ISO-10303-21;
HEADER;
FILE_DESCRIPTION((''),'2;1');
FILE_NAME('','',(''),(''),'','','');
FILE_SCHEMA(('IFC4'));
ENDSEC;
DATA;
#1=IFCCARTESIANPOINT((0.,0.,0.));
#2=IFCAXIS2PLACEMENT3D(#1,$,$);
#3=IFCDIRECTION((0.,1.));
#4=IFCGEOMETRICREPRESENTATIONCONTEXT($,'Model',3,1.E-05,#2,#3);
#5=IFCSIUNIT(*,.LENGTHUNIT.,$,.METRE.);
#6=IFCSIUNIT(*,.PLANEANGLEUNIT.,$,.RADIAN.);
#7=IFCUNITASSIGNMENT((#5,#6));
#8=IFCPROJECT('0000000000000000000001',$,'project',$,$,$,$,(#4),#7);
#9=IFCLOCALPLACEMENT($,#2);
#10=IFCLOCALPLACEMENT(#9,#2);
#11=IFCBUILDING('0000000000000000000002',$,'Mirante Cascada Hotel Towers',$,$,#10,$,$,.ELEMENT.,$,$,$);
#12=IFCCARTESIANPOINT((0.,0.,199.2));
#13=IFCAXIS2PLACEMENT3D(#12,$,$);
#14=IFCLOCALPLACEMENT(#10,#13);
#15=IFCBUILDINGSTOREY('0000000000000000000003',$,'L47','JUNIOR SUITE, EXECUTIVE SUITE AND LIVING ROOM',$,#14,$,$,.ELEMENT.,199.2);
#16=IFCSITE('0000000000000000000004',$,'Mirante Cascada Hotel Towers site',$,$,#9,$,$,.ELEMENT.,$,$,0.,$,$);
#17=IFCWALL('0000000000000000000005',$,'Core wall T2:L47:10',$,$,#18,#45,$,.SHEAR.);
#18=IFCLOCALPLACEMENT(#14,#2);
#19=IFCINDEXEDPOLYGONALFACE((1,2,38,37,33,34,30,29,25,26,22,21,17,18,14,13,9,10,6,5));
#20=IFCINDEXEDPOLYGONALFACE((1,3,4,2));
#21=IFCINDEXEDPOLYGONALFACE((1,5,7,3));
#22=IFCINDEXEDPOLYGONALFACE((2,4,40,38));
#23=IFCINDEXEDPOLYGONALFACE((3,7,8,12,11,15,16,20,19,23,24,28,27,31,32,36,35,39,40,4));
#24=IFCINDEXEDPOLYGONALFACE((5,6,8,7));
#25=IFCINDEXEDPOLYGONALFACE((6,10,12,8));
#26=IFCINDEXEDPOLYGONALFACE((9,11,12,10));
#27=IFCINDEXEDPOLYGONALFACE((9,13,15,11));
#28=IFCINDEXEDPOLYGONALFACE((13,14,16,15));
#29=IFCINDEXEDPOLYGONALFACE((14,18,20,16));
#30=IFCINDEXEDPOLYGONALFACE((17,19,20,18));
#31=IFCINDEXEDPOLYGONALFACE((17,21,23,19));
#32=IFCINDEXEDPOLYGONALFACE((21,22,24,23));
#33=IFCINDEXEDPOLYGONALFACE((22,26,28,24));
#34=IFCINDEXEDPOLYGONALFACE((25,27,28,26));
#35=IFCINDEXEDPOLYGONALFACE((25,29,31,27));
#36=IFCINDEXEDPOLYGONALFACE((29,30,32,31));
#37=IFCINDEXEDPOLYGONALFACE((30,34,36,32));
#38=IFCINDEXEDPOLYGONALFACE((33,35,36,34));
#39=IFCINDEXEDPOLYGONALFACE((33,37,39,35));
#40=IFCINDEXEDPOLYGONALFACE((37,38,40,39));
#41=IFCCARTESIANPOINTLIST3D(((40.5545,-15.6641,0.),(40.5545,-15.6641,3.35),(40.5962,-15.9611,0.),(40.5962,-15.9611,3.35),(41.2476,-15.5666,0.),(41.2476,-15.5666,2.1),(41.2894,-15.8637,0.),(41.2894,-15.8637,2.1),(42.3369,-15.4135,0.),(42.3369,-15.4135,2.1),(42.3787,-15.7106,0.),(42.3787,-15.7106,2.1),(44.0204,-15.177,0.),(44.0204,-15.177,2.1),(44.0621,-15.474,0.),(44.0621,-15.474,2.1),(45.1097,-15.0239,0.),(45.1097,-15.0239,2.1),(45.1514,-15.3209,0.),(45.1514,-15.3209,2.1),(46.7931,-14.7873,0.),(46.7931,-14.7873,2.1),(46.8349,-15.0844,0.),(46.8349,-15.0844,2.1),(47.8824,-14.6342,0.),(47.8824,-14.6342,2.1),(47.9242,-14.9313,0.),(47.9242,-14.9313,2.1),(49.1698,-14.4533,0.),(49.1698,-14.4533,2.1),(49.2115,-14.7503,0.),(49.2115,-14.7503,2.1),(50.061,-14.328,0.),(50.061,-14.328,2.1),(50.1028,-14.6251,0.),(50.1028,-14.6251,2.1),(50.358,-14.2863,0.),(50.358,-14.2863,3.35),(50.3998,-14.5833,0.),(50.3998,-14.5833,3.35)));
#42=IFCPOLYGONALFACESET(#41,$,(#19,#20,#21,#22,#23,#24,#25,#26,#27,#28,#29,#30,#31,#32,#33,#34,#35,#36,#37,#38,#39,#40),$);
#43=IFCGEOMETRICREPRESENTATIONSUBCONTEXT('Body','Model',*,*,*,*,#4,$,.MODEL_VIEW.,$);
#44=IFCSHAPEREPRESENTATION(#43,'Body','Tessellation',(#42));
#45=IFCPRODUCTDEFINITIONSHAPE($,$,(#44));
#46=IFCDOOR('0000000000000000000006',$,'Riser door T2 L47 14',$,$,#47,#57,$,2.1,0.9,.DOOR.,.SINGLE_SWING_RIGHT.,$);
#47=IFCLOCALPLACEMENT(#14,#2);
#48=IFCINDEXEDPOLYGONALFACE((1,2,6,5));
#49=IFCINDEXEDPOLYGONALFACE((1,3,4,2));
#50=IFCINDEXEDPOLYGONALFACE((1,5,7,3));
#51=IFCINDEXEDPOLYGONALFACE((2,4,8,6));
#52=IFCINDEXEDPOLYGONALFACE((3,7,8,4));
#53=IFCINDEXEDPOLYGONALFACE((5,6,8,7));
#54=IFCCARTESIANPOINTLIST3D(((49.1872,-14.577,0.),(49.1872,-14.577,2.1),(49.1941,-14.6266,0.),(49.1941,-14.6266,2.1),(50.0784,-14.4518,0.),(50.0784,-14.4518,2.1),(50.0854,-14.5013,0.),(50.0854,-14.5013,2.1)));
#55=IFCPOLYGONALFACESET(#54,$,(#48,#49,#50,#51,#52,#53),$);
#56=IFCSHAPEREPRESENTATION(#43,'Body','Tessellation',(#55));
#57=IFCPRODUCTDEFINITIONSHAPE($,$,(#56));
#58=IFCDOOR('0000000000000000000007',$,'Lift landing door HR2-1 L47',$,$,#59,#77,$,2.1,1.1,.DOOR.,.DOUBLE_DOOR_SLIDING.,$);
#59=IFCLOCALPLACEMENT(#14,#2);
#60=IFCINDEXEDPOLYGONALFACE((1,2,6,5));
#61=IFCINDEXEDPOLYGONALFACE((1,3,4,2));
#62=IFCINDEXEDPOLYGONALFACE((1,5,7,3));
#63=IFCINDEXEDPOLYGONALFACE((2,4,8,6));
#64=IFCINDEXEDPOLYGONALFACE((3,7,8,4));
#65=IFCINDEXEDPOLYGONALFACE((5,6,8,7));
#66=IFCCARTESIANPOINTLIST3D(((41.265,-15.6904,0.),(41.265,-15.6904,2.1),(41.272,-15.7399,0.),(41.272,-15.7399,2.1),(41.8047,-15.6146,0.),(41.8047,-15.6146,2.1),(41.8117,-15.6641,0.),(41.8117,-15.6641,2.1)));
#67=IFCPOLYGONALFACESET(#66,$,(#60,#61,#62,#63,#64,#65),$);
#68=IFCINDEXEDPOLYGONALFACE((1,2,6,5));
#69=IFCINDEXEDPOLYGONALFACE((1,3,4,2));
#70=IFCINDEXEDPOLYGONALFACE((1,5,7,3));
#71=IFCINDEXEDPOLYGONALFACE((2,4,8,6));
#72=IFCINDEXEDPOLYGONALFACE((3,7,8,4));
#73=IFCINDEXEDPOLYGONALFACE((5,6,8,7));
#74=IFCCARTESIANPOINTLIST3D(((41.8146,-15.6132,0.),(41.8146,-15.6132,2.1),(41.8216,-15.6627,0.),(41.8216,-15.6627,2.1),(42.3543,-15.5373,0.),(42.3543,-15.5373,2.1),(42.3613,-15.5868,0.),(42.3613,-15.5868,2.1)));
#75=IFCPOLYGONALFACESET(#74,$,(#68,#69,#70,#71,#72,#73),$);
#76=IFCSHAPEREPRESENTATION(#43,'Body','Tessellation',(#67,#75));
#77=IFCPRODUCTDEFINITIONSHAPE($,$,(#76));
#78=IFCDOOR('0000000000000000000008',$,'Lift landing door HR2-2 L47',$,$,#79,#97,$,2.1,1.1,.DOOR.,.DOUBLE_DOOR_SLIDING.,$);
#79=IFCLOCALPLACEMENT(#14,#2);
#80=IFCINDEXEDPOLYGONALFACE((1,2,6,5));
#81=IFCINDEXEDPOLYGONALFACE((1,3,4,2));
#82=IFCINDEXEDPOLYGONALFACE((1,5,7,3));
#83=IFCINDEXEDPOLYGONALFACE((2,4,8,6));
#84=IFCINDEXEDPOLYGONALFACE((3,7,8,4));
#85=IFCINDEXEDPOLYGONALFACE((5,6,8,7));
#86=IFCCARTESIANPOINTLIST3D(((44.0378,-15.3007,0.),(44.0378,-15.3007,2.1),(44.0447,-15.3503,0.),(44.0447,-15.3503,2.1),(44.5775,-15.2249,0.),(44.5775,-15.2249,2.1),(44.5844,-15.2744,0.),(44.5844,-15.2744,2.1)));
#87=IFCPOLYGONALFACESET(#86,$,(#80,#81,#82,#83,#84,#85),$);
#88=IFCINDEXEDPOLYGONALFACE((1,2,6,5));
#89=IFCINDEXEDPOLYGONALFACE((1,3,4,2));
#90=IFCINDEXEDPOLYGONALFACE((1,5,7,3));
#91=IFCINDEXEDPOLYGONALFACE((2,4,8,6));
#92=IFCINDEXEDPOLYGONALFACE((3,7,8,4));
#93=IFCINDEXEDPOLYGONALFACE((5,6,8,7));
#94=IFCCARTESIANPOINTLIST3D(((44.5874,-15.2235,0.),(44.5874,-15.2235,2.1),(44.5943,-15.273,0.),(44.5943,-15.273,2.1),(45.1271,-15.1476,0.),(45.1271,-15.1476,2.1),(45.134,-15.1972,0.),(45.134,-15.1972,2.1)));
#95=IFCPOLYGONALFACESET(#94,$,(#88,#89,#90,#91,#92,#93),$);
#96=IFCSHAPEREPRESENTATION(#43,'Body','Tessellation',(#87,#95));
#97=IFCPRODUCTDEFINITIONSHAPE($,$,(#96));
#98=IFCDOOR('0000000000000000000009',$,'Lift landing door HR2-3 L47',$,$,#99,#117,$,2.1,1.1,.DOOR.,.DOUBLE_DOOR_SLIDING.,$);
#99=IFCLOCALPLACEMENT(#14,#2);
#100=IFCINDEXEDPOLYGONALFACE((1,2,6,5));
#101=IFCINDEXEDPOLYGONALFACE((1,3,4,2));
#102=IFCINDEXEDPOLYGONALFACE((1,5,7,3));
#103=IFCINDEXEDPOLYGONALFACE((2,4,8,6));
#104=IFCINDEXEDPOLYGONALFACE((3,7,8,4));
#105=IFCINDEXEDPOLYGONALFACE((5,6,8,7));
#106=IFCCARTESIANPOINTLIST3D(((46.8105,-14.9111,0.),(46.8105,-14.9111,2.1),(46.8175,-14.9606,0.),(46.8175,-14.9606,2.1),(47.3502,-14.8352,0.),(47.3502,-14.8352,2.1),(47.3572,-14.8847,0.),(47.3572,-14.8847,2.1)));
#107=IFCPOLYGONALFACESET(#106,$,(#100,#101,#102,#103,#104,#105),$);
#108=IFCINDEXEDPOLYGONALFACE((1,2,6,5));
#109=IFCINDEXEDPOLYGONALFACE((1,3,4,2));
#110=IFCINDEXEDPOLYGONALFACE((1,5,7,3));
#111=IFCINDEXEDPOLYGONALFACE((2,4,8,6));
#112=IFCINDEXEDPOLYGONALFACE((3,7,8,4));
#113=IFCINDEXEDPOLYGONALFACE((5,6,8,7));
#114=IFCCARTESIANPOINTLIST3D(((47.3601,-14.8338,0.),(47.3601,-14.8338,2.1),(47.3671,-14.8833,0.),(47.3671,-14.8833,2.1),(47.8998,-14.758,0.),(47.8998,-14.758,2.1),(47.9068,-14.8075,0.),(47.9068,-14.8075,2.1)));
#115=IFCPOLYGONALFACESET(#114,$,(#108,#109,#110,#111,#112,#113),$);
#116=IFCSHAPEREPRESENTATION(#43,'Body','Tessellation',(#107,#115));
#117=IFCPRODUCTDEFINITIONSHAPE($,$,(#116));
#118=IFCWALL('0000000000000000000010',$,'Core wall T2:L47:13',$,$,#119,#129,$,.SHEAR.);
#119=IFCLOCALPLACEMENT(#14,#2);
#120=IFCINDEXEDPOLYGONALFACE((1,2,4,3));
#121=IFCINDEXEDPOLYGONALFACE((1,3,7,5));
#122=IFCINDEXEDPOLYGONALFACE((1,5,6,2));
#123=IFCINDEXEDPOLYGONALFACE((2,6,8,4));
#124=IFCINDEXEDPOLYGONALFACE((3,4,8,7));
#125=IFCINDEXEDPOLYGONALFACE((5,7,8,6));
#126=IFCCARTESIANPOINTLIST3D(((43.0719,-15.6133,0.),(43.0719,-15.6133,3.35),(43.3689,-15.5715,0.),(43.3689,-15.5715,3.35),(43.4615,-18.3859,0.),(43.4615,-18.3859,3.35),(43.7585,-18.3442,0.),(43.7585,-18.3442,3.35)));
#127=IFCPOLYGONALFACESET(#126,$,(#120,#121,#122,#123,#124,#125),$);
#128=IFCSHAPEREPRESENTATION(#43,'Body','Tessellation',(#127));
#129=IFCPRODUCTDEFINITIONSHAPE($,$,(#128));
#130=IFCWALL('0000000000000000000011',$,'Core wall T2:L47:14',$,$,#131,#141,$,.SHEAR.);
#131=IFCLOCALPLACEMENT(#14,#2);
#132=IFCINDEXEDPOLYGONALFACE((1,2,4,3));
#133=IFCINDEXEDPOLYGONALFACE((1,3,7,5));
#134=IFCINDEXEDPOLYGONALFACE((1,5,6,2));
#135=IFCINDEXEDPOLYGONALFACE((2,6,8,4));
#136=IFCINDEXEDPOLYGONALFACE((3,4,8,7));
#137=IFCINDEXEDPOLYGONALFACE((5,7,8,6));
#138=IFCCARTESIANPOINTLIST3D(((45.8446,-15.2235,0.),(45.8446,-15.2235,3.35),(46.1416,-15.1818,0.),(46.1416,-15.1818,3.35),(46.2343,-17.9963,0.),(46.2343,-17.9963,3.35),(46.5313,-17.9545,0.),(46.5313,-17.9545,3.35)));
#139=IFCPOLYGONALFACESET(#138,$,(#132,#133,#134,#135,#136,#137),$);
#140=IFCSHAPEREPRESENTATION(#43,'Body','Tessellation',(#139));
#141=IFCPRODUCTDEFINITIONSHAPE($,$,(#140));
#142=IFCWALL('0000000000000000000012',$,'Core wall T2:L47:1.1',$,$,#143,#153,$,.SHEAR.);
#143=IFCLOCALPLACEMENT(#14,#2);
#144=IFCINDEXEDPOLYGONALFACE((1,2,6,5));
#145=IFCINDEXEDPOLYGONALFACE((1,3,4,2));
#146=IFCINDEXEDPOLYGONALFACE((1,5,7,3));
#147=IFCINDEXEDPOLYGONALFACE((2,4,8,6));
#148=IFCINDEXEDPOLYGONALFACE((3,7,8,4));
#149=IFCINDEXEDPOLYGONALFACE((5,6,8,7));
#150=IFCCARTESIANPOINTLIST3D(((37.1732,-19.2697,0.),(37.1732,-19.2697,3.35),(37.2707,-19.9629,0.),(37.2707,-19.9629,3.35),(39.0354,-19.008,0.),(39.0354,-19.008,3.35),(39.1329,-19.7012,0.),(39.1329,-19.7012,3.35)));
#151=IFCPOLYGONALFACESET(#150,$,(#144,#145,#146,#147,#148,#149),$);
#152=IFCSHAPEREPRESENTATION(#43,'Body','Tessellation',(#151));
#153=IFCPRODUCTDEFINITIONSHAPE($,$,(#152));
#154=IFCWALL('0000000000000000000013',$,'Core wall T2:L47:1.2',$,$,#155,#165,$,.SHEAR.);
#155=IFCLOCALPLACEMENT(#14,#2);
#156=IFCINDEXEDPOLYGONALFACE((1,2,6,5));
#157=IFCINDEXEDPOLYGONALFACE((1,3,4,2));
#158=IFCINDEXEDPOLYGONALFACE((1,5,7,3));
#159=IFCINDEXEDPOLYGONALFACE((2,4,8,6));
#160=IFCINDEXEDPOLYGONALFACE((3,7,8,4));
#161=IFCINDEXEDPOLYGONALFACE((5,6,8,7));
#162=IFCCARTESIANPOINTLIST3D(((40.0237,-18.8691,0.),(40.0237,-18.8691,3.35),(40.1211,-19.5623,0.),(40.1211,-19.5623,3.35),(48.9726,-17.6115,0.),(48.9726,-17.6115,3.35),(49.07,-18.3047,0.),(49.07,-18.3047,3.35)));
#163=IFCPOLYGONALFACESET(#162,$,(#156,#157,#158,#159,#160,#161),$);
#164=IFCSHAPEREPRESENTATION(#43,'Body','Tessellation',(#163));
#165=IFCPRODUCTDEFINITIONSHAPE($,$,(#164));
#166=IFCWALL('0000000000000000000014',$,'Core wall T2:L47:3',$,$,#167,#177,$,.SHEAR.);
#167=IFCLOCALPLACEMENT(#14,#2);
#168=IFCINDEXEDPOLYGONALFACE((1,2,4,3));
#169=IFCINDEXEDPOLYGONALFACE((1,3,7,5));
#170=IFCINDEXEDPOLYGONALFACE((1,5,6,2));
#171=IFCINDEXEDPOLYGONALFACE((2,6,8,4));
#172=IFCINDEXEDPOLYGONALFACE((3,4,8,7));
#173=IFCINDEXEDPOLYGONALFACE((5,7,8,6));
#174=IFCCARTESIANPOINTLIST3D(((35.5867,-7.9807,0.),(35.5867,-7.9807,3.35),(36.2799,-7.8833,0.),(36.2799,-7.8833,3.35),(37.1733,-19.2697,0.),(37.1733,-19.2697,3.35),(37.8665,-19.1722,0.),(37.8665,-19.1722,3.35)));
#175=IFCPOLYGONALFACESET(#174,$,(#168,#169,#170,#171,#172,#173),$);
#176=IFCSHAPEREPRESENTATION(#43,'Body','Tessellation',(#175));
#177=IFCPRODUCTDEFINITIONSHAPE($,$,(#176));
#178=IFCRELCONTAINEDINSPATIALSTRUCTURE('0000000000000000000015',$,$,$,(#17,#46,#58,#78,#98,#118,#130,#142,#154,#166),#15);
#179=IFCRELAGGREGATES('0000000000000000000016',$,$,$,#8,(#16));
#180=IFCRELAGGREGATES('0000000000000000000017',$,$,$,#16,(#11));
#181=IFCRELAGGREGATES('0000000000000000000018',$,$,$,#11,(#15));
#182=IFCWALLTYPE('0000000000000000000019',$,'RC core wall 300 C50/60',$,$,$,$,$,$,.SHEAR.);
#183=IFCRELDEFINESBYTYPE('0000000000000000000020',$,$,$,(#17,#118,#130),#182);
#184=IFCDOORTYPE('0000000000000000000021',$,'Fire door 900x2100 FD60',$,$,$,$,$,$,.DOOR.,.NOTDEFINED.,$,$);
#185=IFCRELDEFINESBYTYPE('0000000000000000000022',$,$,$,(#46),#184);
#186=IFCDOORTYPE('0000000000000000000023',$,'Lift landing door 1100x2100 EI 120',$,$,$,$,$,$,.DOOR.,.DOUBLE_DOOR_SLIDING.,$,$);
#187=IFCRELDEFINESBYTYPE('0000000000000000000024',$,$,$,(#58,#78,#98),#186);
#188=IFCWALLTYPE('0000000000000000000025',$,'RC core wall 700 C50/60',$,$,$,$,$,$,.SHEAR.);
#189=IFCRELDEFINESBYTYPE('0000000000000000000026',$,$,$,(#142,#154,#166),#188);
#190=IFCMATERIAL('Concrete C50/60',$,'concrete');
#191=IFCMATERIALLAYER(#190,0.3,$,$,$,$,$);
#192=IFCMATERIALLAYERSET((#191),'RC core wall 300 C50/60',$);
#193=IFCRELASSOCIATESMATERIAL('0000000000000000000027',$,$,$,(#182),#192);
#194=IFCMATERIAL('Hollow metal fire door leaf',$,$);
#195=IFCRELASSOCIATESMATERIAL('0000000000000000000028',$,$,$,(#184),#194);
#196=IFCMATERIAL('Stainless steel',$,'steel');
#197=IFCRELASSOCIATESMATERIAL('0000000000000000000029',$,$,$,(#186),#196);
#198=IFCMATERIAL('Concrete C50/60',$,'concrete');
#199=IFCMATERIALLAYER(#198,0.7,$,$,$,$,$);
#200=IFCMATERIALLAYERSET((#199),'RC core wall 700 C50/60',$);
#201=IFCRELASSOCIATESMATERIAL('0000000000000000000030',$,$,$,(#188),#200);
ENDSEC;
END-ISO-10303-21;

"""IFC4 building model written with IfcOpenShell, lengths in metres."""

from ifc_helpers import new_model, si_unit, direction, frame, frame_2d, origin, place, context, subcontext, project, spatial, rectangle, extrude, material, layer, layer_set, type_object, element, fill, save


model = new_model("IFC4")

# Units and contexts
model_context = context("Model", 3, precision=1e-05, world=origin(), true_north=direction((0.0, 1.0)))
body_context = subcontext(model_context, "Body", "Model", "MODEL_VIEW")
ifc_project = project(units=[si_unit("LENGTHUNIT", "METRE"), si_unit("PLANEANGLEUNIT", "RADIAN")], contexts=[model_context])

# Site, building, storey
site_placement = place(None, origin())
site = spatial("IfcSite", under=ifc_project, at=site_placement, Name="Mirante Cascada Hotel Towers site", CompositionType="ELEMENT", RefElevation=0.0)
building_placement = place(site_placement, origin())
building = spatial("IfcBuilding", under=site, at=building_placement, Name="Mirante Cascada Hotel Towers", CompositionType="ELEMENT")
storey_placement = place(building_placement, frame((0.0, 0.0, 199.2)))
storey = spatial("IfcBuildingStorey", under=building, at=storey_placement, Name="L47", Description="JUNIOR SUITE, EXECUTIVE SUITE AND LIVING ROOM", CompositionType="ELEMENT", Elevation=199.2)

# Shared definitions
ifc_material_1 = material(Name="Concrete C50/60", Category="concrete")
ifc_layer_1 = layer(ifc_material_1, 0.3)
ifc_layer_set_1 = layer_set([ifc_layer_1], Name="RC core wall 300 C50/60")
wall_type_1 = type_object("IfcWallType", Name="RC core wall 300 C50/60", PredefinedType="SHEAR", material=ifc_layer_set_1)

# Wall, openings, doors
wall_1_placement = place(storey_placement, frame((40.5753, -15.8126, 0.0), z_axis=(0.0, 0.0, 1.0), x_axis=(0.990268, 0.139173, 0.0)))
wall_1 = element("IfcWall", 1, at=wall_1_placement, inside=storey, type_object=wall_type_1, Name="Core wall T2:L47:10", PredefinedType="SHEAR", context=body_context, shape_type="SweptSolid", body=[
    extrude(rectangle(XDim=9.8999, YDim=0.3, at=frame_2d((4.95, 0.0))), origin(), (0.0, 0.0, 1.0), 3.35),
])
opening_1_placement = place(wall_1_placement, frame((0.7, 0.0, 0.0)))
opening_1 = element("IfcOpeningElement", 2, at=opening_1_placement, cuts=wall_1, PredefinedType="OPENING", context=body_context, shape_type="SweptSolid", body=[
    extrude(rectangle(XDim=1.1, YDim=2.1, at=frame_2d((0.55, 1.05))), frame((0.0, 0.15, 0.0), z_axis=(0.0, -1.0, 0.0), x_axis=(1.0, 0.0, 0.0)), (0.0, 0.0, 1.0), 0.3),
])
opening_2_placement = place(wall_1_placement, frame((3.5, 0.0, 0.0)))
opening_2 = element("IfcOpeningElement", 3, at=opening_2_placement, cuts=wall_1, PredefinedType="OPENING", context=body_context, shape_type="SweptSolid", body=[
    extrude(rectangle(XDim=1.1, YDim=2.1, at=frame_2d((0.55, 1.05))), frame((0.0, 0.15, 0.0), z_axis=(0.0, -1.0, 0.0), x_axis=(1.0, 0.0, 0.0)), (0.0, 0.0, 1.0), 0.3),
])
opening_3_placement = place(wall_1_placement, frame((6.3, 0.0, 0.0)))
opening_3 = element("IfcOpeningElement", 4, at=opening_3_placement, cuts=wall_1, PredefinedType="OPENING", context=body_context, shape_type="SweptSolid", body=[
    extrude(rectangle(XDim=1.1, YDim=2.1, at=frame_2d((0.55, 1.05))), frame((0.0, 0.15, 0.0), z_axis=(0.0, -1.0, 0.0), x_axis=(1.0, 0.0, 0.0)), (0.0, 0.0, 1.0), 0.3),
])
opening_4_placement = place(wall_1_placement, frame((8.7, 0.0, 0.0)))
opening_4 = element("IfcOpeningElement", 5, at=opening_4_placement, cuts=wall_1, PredefinedType="OPENING", context=body_context, shape_type="SweptSolid", body=[
    extrude(rectangle(XDim=0.9, YDim=2.1, at=frame_2d((0.45, 1.05))), frame((0.0, 0.15, 0.0), z_axis=(0.0, -1.0, 0.0), x_axis=(1.0, 0.0, 0.0)), (0.0, 0.0, 1.0), 0.3),
])
ifc_material_2 = material(Name="Hollow metal fire door leaf")
door_type_1 = type_object("IfcDoorType", Name="Fire door 900x2100 FD60", OperationType="NOTDEFINED", PredefinedType="DOOR", material=ifc_material_2)
door_1_placement = place(opening_4_placement, frame((0.9, 0.0, 0.0), z_axis=(0.0, 0.0, 1.0), x_axis=(-1.0, 0.0, 0.0)))
door_1 = element("IfcDoor", 6, at=door_1_placement, inside=storey, type_object=door_type_1, Name="Riser door T2 L47 14", OperationType="SINGLE_SWING_RIGHT", OverallHeight=2.1, OverallWidth=0.9, PredefinedType="DOOR", context=body_context, shape_type="SweptSolid", body=[
    extrude(rectangle(XDim=0.9, YDim=2.1, at=frame_2d((0.45, 1.05))), frame((0.0, 0.025, 0.0), z_axis=(0.0, -1.0, 0.0), x_axis=(1.0, 0.0, 0.0)), (0.0, 0.0, 1.0), 0.05),
])
fill(opening_4, door_1)
ifc_material_3 = material(Name="Stainless steel", Category="steel")
door_type_2 = type_object("IfcDoorType", Name="Lift landing door 1100x2100 EI 120", OperationType="DOUBLE_DOOR_SLIDING", PredefinedType="DOOR", material=ifc_material_3)
door_2_placement = place(opening_1_placement, origin())
door_2 = element("IfcDoor", 7, at=door_2_placement, inside=storey, type_object=door_type_2, Name="Lift landing door HR2-1 L47", OperationType="DOUBLE_DOOR_SLIDING", OverallHeight=2.1, OverallWidth=1.1, PredefinedType="DOOR", context=body_context, shape_type="SweptSolid", body=[
    extrude(rectangle(XDim=0.545, YDim=2.1, at=frame_2d((0.2725, 1.05))), frame((0.0, 0.025, 0.0), z_axis=(0.0, -1.0, 0.0), x_axis=(1.0, 0.0, 0.0)), (0.0, 0.0, 1.0), 0.05),
    extrude(rectangle(XDim=0.545, YDim=2.1, at=frame_2d((0.8275, 1.05))), frame((0.0, 0.025, 0.0), z_axis=(0.0, -1.0, 0.0), x_axis=(1.0, 0.0, 0.0)), (0.0, 0.0, 1.0), 0.05),
])
fill(opening_1, door_2)
door_3_placement = place(opening_2_placement, origin())
door_3 = element("IfcDoor", 8, at=door_3_placement, inside=storey, type_object=door_type_2, Name="Lift landing door HR2-2 L47", OperationType="DOUBLE_DOOR_SLIDING", OverallHeight=2.1, OverallWidth=1.1, PredefinedType="DOOR", context=body_context, shape_type="SweptSolid", body=[
    extrude(rectangle(XDim=0.545, YDim=2.1, at=frame_2d((0.2725, 1.05))), frame((0.0, 0.025, 0.0), z_axis=(0.0, -1.0, 0.0), x_axis=(1.0, 0.0, 0.0)), (0.0, 0.0, 1.0), 0.05),
    extrude(rectangle(XDim=0.545, YDim=2.1, at=frame_2d((0.8275, 1.05))), frame((0.0, 0.025, 0.0), z_axis=(0.0, -1.0, 0.0), x_axis=(1.0, 0.0, 0.0)), (0.0, 0.0, 1.0), 0.05),
])
fill(opening_2, door_3)
door_4_placement = place(opening_3_placement, origin())
door_4 = element("IfcDoor", 9, at=door_4_placement, inside=storey, type_object=door_type_2, Name="Lift landing door HR2-3 L47", OperationType="DOUBLE_DOOR_SLIDING", OverallHeight=2.1, OverallWidth=1.1, PredefinedType="DOOR", context=body_context, shape_type="SweptSolid", body=[
    extrude(rectangle(XDim=0.545, YDim=2.1, at=frame_2d((0.2725, 1.05))), frame((0.0, 0.025, 0.0), z_axis=(0.0, -1.0, 0.0), x_axis=(1.0, 0.0, 0.0)), (0.0, 0.0, 1.0), 0.05),
    extrude(rectangle(XDim=0.545, YDim=2.1, at=frame_2d((0.8275, 1.05))), frame((0.0, 0.025, 0.0), z_axis=(0.0, -1.0, 0.0), x_axis=(1.0, 0.0, 0.0)), (0.0, 0.0, 1.0), 0.05),
])
fill(opening_3, door_4)

# Walls
wall_2_placement = place(storey_placement, frame((43.61, -18.3651, 0.0), z_axis=(0.0, 0.0, 1.0), x_axis=(-0.139146, 0.990272, 0.0)))
element("IfcWall", 10, at=wall_2_placement, inside=storey, type_object=wall_type_1, Name="Core wall T2:L47:13", PredefinedType="SHEAR", context=body_context, shape_type="SweptSolid", body=[
    extrude(rectangle(XDim=2.7999, YDim=0.3, at=frame_2d((1.4, 0.0))), origin(), (0.0, 0.0, 1.0), 3.35),
])
wall_3_placement = place(storey_placement, frame((46.3828, -17.9754, 0.0), z_axis=(0.0, 0.0, 1.0), x_axis=(-0.139181, 0.990267, 0.0)))
element("IfcWall", 11, at=wall_3_placement, inside=storey, type_object=wall_type_1, Name="Core wall T2:L47:14", PredefinedType="SHEAR", context=body_context, shape_type="SweptSolid", body=[
    extrude(rectangle(XDim=2.8, YDim=0.3, at=frame_2d((1.4, 0.0))), origin(), (0.0, 0.0, 1.0), 3.35),
])
ifc_material_4 = material(Name="Concrete C50/60", Category="concrete")
ifc_layer_2 = layer(ifc_material_4, 0.7)
ifc_layer_set_2 = layer_set([ifc_layer_2], Name="RC core wall 700 C50/60")
wall_type_2 = type_object("IfcWallType", Name="RC core wall 700 C50/60", PredefinedType="SHEAR", material=ifc_layer_set_2)
wall_4_placement = place(storey_placement, frame((37.222, -19.6163, 0.0), z_axis=(0.0, 0.0, 1.0), x_axis=(0.990269, 0.139165, 0.0)))
element("IfcWall", 12, at=wall_4_placement, inside=storey, type_object=wall_type_2, Name="Core wall T2:L47:1.1", PredefinedType="SHEAR", context=body_context, shape_type="SweptSolid", body=[
    extrude(rectangle(XDim=1.8805, YDim=0.7, at=frame_2d((0.9402, 0.0))), origin(), (0.0, 0.0, 1.0), 3.35),
])
wall_5_placement = place(storey_placement, frame((40.0724, -19.2157, 0.0), z_axis=(0.0, 0.0, 1.0), x_axis=(0.990269, 0.139164, 0.0)))
element("IfcWall", 13, at=wall_5_placement, inside=storey, type_object=wall_type_2, Name="Core wall T2:L47:1.2", PredefinedType="SHEAR", context=body_context, shape_type="SweptSolid", body=[
    extrude(rectangle(XDim=9.0368, YDim=0.7, at=frame_2d((4.5184, 0.0))), origin(), (0.0, 0.0, 1.0), 3.35),
])
wall_6_placement = place(storey_placement, frame((37.5199, -19.221, 0.0), z_axis=(0.0, 0.0, 1.0), x_axis=(-0.139176, 0.990268, 0.0)))
element("IfcWall", 14, at=wall_6_placement, inside=storey, type_object=wall_type_2, Name="Core wall T2:L47:3", PredefinedType="SHEAR", context=body_context, shape_type="SweptSolid", body=[
    extrude(rectangle(XDim=11.3999, YDim=0.7, at=frame_2d((5.7, 0.0))), origin(), (0.0, 0.0, 1.0), 3.35),
])

save(model, "model.ifc")
